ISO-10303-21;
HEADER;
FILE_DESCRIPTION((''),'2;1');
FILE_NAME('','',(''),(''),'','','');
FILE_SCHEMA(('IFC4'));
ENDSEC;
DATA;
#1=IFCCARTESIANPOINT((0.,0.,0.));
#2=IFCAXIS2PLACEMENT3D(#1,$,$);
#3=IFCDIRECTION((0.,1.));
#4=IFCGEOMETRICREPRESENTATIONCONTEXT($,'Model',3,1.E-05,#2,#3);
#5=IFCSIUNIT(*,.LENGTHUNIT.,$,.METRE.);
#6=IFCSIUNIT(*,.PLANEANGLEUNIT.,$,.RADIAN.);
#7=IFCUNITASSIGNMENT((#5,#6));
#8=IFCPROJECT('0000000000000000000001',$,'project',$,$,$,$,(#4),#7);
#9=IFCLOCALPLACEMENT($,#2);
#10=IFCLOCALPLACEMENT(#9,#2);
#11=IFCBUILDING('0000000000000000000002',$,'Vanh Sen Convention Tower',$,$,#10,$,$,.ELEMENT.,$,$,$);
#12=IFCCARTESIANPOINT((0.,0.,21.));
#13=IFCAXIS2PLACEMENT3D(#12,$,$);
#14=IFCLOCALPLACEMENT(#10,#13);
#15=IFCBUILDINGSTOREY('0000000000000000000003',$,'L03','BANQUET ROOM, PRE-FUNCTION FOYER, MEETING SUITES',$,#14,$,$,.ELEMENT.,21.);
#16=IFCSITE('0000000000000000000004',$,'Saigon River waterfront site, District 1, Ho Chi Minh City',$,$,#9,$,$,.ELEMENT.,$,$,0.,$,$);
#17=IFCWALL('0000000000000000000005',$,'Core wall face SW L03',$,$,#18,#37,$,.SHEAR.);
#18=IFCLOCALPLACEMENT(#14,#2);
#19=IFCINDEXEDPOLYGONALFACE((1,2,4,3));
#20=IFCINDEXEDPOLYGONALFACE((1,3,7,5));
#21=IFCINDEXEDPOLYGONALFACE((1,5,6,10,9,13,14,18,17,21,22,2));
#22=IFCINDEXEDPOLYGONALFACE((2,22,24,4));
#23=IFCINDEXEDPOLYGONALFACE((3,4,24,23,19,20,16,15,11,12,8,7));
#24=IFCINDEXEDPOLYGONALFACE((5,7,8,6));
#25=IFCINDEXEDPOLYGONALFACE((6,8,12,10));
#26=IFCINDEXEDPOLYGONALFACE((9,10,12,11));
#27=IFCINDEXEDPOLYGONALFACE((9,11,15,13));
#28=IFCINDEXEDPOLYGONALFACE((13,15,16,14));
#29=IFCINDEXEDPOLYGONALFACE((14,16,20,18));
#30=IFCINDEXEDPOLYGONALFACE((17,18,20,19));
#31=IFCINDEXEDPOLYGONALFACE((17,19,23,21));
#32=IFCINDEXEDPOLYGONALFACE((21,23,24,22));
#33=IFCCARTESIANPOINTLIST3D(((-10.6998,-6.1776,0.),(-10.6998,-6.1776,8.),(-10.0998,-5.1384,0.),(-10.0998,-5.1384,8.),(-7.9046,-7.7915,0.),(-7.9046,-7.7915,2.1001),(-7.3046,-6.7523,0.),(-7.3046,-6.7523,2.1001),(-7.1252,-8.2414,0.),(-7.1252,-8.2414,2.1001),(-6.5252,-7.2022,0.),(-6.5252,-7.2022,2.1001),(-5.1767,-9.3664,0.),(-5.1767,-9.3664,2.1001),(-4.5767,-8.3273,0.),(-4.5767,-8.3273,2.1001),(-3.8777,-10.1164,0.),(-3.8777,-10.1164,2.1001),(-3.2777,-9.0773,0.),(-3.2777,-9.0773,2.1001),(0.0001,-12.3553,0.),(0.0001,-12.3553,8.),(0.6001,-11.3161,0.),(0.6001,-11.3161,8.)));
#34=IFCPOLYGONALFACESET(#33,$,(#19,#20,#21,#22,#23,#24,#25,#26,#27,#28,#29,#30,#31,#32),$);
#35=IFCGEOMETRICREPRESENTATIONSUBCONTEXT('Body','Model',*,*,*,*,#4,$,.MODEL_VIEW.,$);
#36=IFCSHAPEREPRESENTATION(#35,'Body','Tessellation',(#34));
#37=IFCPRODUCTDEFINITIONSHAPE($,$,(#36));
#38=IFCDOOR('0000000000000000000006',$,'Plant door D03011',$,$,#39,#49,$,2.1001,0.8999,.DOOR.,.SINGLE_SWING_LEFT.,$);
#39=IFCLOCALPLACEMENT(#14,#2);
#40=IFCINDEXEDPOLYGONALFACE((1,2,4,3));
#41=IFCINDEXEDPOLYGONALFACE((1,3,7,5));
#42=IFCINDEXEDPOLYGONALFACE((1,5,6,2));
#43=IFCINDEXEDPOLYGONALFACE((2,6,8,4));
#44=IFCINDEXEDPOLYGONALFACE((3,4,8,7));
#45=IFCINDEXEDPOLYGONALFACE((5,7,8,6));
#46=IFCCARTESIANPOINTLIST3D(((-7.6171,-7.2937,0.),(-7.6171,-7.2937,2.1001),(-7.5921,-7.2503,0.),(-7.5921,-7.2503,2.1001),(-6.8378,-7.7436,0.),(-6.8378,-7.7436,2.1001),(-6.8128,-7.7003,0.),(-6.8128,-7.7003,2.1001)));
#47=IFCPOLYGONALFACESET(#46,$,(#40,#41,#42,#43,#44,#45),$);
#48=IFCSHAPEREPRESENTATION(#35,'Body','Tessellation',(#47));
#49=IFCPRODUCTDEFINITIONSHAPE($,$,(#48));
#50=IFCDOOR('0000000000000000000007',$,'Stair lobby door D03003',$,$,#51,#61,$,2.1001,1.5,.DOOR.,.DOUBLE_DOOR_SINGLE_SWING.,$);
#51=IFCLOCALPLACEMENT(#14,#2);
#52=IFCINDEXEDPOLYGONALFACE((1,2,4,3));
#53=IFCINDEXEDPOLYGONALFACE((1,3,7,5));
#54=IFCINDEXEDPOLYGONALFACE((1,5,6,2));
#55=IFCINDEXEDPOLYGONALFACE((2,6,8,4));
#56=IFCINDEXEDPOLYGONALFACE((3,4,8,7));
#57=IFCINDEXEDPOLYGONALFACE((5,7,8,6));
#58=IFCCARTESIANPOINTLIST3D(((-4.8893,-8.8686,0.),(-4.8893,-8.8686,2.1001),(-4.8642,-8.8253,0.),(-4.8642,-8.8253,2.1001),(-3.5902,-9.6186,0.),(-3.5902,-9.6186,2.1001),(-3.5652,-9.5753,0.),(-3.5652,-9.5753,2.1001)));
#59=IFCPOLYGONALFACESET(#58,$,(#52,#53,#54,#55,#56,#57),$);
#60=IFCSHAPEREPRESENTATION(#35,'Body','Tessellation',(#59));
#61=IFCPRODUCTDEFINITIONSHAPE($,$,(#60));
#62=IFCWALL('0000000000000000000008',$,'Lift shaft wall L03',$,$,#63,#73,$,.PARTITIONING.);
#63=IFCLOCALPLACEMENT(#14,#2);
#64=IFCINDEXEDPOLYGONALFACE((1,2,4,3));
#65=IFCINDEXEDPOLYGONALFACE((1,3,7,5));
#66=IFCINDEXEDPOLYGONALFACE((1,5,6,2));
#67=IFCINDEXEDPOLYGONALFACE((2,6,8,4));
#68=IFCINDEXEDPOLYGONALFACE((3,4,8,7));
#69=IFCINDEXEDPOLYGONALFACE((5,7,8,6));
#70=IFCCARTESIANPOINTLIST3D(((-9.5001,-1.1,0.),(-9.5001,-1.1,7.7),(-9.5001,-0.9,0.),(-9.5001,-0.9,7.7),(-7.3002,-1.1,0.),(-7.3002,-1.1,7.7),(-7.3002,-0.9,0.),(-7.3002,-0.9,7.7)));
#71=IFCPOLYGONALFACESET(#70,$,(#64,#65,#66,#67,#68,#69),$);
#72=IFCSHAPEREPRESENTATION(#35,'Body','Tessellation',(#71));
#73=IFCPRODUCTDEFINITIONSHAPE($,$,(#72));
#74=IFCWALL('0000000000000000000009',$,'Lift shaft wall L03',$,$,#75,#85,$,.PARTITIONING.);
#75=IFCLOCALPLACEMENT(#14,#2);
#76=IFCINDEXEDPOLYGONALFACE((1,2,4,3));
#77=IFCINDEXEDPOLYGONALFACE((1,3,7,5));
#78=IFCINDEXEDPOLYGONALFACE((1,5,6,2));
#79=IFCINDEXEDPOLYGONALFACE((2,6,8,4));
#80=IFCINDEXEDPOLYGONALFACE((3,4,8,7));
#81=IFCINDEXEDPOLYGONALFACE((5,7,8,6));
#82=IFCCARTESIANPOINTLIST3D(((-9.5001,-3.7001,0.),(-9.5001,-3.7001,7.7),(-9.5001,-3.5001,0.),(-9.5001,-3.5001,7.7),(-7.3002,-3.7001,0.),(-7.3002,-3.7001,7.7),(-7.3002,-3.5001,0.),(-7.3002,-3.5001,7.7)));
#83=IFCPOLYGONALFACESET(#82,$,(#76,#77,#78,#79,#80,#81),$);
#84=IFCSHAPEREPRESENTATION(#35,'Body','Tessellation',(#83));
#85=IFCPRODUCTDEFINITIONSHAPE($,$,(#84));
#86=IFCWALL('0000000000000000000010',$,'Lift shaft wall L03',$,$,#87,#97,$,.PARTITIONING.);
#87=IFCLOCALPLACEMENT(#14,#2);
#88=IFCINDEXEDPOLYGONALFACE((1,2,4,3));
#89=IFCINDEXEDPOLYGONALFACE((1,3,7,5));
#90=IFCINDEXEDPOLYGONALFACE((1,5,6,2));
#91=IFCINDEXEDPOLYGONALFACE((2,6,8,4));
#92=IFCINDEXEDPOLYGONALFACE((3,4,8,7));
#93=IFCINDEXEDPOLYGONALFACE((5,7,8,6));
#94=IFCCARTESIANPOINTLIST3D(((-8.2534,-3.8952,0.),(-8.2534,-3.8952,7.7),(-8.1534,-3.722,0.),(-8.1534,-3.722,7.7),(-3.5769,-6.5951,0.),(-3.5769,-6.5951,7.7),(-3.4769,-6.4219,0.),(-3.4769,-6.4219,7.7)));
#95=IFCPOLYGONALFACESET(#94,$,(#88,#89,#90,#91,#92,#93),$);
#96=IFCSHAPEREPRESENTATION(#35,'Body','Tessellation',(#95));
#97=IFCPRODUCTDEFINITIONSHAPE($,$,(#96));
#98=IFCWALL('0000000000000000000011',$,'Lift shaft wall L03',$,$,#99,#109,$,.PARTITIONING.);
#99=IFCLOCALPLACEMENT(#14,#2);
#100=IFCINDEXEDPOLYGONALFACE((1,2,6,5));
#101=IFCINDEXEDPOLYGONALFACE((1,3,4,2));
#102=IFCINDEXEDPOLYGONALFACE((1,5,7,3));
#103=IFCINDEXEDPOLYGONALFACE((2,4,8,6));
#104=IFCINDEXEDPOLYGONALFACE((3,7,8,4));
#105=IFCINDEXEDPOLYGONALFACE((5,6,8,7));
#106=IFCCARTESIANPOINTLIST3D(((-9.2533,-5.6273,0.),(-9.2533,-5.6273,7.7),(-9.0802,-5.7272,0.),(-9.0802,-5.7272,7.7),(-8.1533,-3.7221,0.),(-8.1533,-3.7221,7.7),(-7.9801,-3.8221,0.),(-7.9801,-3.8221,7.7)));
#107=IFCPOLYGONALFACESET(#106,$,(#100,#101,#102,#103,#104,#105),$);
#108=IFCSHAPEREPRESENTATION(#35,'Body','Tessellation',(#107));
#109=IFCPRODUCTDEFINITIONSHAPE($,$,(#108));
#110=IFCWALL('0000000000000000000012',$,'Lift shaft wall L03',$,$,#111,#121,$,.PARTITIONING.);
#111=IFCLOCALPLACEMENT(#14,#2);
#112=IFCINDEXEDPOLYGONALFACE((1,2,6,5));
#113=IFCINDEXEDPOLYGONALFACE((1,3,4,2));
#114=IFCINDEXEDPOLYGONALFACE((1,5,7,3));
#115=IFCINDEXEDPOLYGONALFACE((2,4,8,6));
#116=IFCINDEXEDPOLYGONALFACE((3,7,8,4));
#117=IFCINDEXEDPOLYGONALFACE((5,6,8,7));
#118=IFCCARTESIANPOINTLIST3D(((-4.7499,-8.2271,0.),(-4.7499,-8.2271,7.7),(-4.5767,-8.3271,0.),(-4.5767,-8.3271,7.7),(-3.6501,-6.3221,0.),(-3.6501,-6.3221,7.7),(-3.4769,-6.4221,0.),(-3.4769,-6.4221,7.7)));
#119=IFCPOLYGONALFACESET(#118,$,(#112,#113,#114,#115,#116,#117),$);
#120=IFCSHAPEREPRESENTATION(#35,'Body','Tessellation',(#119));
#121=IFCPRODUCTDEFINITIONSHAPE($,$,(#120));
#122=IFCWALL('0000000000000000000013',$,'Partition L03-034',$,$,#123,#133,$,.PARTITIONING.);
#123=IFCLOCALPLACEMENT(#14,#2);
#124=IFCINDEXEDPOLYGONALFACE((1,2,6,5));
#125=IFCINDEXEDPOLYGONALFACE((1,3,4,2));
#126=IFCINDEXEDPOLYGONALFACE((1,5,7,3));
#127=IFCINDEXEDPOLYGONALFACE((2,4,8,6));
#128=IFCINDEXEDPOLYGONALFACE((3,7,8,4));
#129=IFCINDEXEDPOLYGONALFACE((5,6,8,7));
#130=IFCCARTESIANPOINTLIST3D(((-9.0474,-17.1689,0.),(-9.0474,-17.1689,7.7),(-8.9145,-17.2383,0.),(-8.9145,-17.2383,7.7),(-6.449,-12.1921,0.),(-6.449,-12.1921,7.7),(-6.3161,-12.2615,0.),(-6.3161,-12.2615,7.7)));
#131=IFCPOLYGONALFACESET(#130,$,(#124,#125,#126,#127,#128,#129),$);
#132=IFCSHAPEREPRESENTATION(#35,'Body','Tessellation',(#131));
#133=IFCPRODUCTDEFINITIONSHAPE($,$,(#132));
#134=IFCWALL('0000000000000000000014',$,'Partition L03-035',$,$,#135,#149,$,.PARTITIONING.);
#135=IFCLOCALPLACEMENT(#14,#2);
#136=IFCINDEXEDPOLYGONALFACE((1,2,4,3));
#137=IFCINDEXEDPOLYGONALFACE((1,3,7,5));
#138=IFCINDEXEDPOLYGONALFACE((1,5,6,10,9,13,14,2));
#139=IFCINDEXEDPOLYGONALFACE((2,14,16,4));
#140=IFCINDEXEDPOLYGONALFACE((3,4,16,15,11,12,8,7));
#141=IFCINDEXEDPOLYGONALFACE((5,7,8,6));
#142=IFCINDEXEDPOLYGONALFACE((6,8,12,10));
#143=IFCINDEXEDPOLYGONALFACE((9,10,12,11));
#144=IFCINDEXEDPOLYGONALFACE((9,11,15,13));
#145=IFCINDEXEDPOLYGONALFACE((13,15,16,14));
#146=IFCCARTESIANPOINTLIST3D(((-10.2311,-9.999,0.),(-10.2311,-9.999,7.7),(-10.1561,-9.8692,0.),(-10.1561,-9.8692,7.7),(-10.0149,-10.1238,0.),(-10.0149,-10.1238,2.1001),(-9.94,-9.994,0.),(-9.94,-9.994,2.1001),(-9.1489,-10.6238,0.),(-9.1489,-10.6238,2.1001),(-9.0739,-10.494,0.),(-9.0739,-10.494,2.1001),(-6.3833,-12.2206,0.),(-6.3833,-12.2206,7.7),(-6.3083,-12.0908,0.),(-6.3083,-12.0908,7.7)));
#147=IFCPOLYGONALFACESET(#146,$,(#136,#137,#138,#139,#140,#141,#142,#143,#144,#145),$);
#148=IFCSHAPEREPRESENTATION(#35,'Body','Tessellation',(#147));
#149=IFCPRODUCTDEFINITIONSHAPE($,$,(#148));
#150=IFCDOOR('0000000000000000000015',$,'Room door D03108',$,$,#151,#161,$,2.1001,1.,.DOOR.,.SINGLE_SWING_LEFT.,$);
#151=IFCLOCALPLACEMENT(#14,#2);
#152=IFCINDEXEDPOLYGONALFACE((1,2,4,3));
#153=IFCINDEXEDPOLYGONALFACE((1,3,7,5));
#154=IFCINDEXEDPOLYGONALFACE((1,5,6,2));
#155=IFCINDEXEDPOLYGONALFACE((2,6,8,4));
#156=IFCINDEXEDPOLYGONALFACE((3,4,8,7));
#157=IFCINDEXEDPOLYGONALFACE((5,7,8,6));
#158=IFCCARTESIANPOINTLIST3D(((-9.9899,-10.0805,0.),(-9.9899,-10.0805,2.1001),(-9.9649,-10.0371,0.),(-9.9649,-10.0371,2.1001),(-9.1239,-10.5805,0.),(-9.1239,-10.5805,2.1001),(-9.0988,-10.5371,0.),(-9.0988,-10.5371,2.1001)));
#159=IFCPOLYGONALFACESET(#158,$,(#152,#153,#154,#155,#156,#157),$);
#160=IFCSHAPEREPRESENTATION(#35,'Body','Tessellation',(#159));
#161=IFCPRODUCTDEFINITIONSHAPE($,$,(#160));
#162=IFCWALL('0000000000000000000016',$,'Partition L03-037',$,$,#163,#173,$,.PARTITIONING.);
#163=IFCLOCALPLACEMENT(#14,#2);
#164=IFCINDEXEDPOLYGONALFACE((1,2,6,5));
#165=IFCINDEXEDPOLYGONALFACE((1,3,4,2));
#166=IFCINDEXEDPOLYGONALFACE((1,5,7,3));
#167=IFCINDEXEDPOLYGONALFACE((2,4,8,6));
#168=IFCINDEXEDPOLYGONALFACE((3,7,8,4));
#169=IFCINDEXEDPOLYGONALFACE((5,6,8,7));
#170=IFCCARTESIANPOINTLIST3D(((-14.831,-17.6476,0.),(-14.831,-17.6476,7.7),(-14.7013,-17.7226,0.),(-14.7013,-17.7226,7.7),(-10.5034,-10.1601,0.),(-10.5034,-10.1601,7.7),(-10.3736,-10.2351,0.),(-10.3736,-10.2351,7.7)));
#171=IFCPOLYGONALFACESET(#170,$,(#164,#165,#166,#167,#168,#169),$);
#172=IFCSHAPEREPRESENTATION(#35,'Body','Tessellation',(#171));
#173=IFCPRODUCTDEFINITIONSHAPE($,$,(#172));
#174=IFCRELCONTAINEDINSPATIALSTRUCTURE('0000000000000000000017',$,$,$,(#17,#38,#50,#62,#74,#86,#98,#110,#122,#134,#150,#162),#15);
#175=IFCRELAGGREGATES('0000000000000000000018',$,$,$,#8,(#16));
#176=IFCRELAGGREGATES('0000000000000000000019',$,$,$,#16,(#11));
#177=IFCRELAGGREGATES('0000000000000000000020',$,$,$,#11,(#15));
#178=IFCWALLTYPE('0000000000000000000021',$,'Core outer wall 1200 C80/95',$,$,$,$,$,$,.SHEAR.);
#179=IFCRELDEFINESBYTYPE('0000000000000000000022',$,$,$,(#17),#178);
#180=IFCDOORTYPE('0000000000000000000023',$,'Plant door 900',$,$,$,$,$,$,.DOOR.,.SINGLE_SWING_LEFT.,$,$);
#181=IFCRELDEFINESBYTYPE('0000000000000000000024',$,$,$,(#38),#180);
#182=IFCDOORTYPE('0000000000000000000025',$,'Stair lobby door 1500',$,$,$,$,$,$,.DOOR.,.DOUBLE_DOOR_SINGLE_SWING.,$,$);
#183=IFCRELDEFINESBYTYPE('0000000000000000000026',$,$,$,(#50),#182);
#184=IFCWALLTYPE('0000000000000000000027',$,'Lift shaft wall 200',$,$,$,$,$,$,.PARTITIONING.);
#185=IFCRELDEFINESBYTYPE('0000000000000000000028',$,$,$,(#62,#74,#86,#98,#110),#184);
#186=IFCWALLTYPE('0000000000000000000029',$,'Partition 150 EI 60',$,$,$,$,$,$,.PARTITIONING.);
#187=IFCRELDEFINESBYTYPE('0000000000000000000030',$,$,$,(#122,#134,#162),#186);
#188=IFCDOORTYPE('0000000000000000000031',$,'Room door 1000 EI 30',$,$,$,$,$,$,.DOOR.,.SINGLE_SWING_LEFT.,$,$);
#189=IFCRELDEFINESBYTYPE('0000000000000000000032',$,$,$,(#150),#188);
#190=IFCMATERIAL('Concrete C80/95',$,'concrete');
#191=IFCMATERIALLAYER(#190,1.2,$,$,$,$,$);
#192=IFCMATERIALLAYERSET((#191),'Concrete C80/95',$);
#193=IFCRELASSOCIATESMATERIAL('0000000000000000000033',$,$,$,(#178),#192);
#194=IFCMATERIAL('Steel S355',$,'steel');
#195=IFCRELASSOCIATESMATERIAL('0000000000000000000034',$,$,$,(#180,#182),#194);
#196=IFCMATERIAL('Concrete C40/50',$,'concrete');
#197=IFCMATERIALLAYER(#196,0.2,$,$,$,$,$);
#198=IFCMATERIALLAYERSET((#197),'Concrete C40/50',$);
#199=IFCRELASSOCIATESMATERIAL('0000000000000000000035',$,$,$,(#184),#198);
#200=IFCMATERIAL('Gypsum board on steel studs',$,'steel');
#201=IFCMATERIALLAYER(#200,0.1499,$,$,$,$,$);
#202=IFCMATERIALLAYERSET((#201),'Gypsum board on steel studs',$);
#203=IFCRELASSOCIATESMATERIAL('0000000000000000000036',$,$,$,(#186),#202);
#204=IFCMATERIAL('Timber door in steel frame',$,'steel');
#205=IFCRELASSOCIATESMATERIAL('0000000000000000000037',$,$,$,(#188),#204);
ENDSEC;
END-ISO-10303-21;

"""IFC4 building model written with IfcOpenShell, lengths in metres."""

from ifc_helpers import new_model, si_unit, direction, frame, frame_2d, origin, place, context, subcontext, project, spatial, rectangle, extrude, material, layer, layer_set, type_object, element, fill, save


model = new_model("IFC4")

# Units and contexts
model_context = context("Model", 3, precision=1e-05, world=origin(), true_north=direction((0.0, 1.0)))
body_context = subcontext(model_context, "Body", "Model", "MODEL_VIEW")
ifc_project = project(units=[si_unit("LENGTHUNIT", "METRE"), si_unit("PLANEANGLEUNIT", "RADIAN")], contexts=[model_context])

# Site, building, storey
site_placement = place(None, origin())
site = spatial("IfcSite", under=ifc_project, at=site_placement, Name="Saigon River waterfront site, District 1, Ho Chi Minh City", CompositionType="ELEMENT", RefElevation=0.0)
building_placement = place(site_placement, origin())
building = spatial("IfcBuilding", under=site, at=building_placement, Name="Vanh Sen Convention Tower", CompositionType="ELEMENT")
storey_placement = place(building_placement, frame((0.0, 0.0, 21.0)))
storey = spatial("IfcBuildingStorey", under=building, at=storey_placement, Name="L03", Description="BANQUET ROOM, PRE-FUNCTION FOYER, MEETING SUITES", CompositionType="ELEMENT", Elevation=21.0)

# Wall, openings, doors
ifc_material_1 = material(Name="Concrete C80/95", Category="concrete")
ifc_layer_1 = layer(ifc_material_1, 1.2)
ifc_layer_set_1 = layer_set([ifc_layer_1], Name="Concrete C80/95")
wall_type_1 = type_object("IfcWallType", Name="Core outer wall 1200 C80/95", PredefinedType="SHEAR", material=ifc_layer_set_1)
wall_1_placement = place(storey_placement, frame((-10.3999, -5.658, 0.0), z_axis=(0.0, 0.0, 1.0), x_axis=(0.866021, -0.500007, 0.0)))
wall_1 = element("IfcWall", 1, at=wall_1_placement, inside=storey, type_object=wall_type_1, Name="Core wall face SW L03", PredefinedType="SHEAR", context=body_context, shape_type="SweptSolid", body=[
    extrude(rectangle(XDim=12.3552, YDim=1.2, at=frame_2d((6.1777, 0.0))), origin(), (0.0, 0.0, 1.0), 8.0),
])
opening_1_placement = place(wall_1_placement, frame((6.3777, 0.0, 0.0)))
opening_1 = element("IfcOpeningElement", 2, at=opening_1_placement, cuts=wall_1, PredefinedType="OPENING", context=body_context, shape_type="SweptSolid", body=[
    extrude(rectangle(XDim=1.5, YDim=2.1001, at=frame_2d((0.75, 1.05))), frame((0.0, 0.6099, 0.0), z_axis=(0.0, -1.0, 0.0), x_axis=(1.0, 0.0, 0.0)), (0.0, 0.0, 1.0), 1.22),
])
opening_2_placement = place(wall_1_placement, frame((3.2278, 0.0, 0.0)))
opening_2 = element("IfcOpeningElement", 3, at=opening_2_placement, cuts=wall_1, PredefinedType="OPENING", context=body_context, shape_type="SweptSolid", body=[
    extrude(rectangle(XDim=0.8999, YDim=2.1001, at=frame_2d((0.45, 1.05))), frame((0.0, 0.6099, 0.0), z_axis=(0.0, -1.0, 0.0), x_axis=(1.0, 0.0, 0.0)), (0.0, 0.0, 1.0), 1.22),
])
ifc_material_2 = material(Name="Steel S355", Category="steel")
door_type_1 = type_object("IfcDoorType", Name="Plant door 900", OperationType="SINGLE_SWING_LEFT", PredefinedType="DOOR", material=ifc_material_2)
door_1_placement = place(opening_2_placement, origin())
door_1 = element("IfcDoor", 4, at=door_1_placement, inside=storey, type_object=door_type_1, Name="Plant door D03011", OperationType="SINGLE_SWING_LEFT", OverallHeight=2.1001, OverallWidth=0.8999, PredefinedType="DOOR", context=body_context, shape_type="SweptSolid", body=[
    extrude(rectangle(XDim=0.8999, YDim=2.1001, at=frame_2d((0.45, 1.05))), frame((0.0, 0.0249, 0.0), z_axis=(0.0, -1.0, 0.0), x_axis=(1.0, 0.0, 0.0)), (0.0, 0.0, 1.0), 0.05),
])
fill(opening_2, door_1)
door_type_2 = type_object("IfcDoorType", Name="Stair lobby door 1500", OperationType="DOUBLE_DOOR_SINGLE_SWING", PredefinedType="DOOR", material=ifc_material_2)
door_2_placement = place(opening_1_placement, origin())
door_2 = element("IfcDoor", 5, at=door_2_placement, inside=storey, type_object=door_type_2, Name="Stair lobby door D03003", OperationType="DOUBLE_DOOR_SINGLE_SWING", OverallHeight=2.1001, OverallWidth=1.5, PredefinedType="DOOR", context=body_context, shape_type="SweptSolid", body=[
    extrude(rectangle(XDim=1.5, YDim=2.1001, at=frame_2d((0.75, 1.05))), frame((0.0, 0.0249, 0.0), z_axis=(0.0, -1.0, 0.0), x_axis=(1.0, 0.0, 0.0)), (0.0, 0.0, 1.0), 0.05),
])
fill(opening_1, door_2)

# Walls
ifc_material_3 = material(Name="Concrete C40/50", Category="concrete")
ifc_layer_2 = layer(ifc_material_3, 0.2)
ifc_layer_set_2 = layer_set([ifc_layer_2], Name="Concrete C40/50")
wall_type_2 = type_object("IfcWallType", Name="Lift shaft wall 200", PredefinedType="PARTITIONING", material=ifc_layer_set_2)
for number, where, z_axis, x_axis, name in (
    (6, (-7.3, -1.0, 0.0), (0.0, 0.0, 1.0), (-1.0, 0.0, 0.0), "Lift shaft wall L03"),
    (7, (-7.3, -3.6001, 0.0), (0.0, 0.0, 1.0), (-1.0, 0.0, 0.0), "Lift shaft wall L03"),
):
    element("IfcWall", number, at=place(storey_placement, frame(where, z_axis=z_axis, x_axis=x_axis)), inside=storey, type_object=wall_type_2, Name=name, PredefinedType="PARTITIONING", context=body_context, shape_type="SweptSolid", body=[
        extrude(rectangle(XDim=2.2, YDim=0.2, at=frame_2d((1.1001, 0.0))), origin(), (0.0, 0.0, 1.0), 7.7),
    ])
wall_2_placement = place(storey_placement, frame((-8.2034, -3.8086, 0.0), z_axis=(0.0, 0.0, 1.0), x_axis=(0.866028, -0.499995, 0.0)))
element("IfcWall", 8, at=wall_2_placement, inside=storey, type_object=wall_type_2, Name="Lift shaft wall L03", PredefinedType="PARTITIONING", context=body_context, shape_type="SweptSolid", body=[
    extrude(rectangle(XDim=5.3999, YDim=0.2, at=frame_2d((2.7, 0.0))), origin(), (0.0, 0.0, 1.0), 7.7),
])
wall_3_placement = place(storey_placement, frame((-8.0667, -3.772, 0.0), z_axis=(0.0, 0.0, 1.0), x_axis=(-0.50003, -0.866008, 0.0)))
element("IfcWall", 9, at=wall_3_placement, inside=storey, type_object=wall_type_2, Name="Lift shaft wall L03", PredefinedType="PARTITIONING", context=body_context, shape_type="SweptSolid", body=[
    extrude(rectangle(XDim=2.2, YDim=0.2, at=frame_2d((1.1001, 0.0))), origin(), (0.0, 0.0, 1.0), 7.7),
])
wall_4_placement = place(storey_placement, frame((-3.5635, -6.3721, 0.0), z_axis=(0.0, 0.0, 1.0), x_axis=(-0.499995, -0.866028, 0.0)))
element("IfcWall", 10, at=wall_4_placement, inside=storey, type_object=wall_type_2, Name="Lift shaft wall L03", PredefinedType="PARTITIONING", context=body_context, shape_type="SweptSolid", body=[
    extrude(rectangle(XDim=2.1997, YDim=0.2, at=frame_2d((1.0999, 0.0))), origin(), (0.0, 0.0, 1.0), 7.7),
])
ifc_material_4 = material(Name="Gypsum board on steel studs", Category="steel")
ifc_layer_3 = layer(ifc_material_4, 0.1499)
ifc_layer_set_3 = layer_set([ifc_layer_3], Name="Gypsum board on steel studs")
wall_type_3 = type_object("IfcWallType", Name="Partition 150 EI 60", PredefinedType="PARTITIONING", material=ifc_layer_set_3)
wall_5_placement = place(storey_placement, frame((-6.3826, -12.2268, 0.0), z_axis=(0.0, 0.0, 1.0), x_axis=(-0.462817, -0.886454, 0.0)))
element("IfcWall", 11, at=wall_5_placement, inside=storey, type_object=wall_type_3, Name="Partition L03-034", PredefinedType="PARTITIONING", context=body_context, shape_type="SweptSolid", body=[
    extrude(rectangle(XDim=5.6143, YDim=0.1499, at=frame_2d((2.8071, 0.0))), origin(), (0.0, 0.0, 1.0), 7.7),
])

# Wall, opening, door
wall_6_placement = place(storey_placement, frame((-6.3457, -12.1558, 0.0), z_axis=(0.0, 0.0, 1.0), x_axis=(-0.866016, 0.500016, 0.0)))
wall_6 = element("IfcWall", 12, at=wall_6_placement, inside=storey, type_object=wall_type_3, Name="Partition L03-035", PredefinedType="PARTITIONING", context=body_context, shape_type="SweptSolid", body=[
    extrude(rectangle(XDim=4.4431, YDim=0.1499, at=frame_2d((2.2217, 0.0))), origin(), (0.0, 0.0, 1.0), 7.7),
])
opening_3_placement = place(wall_6_placement, frame((3.1936, 0.0, 0.0)))
opening_3 = element("IfcOpeningElement", 13, at=opening_3_placement, cuts=wall_6, PredefinedType="OPENING", context=body_context, shape_type="SweptSolid", body=[
    extrude(rectangle(XDim=1.0, YDim=2.1001, at=frame_2d((0.5, 1.05))), frame((0.0, 0.085, 0.0), z_axis=(0.0, -1.0, 0.0), x_axis=(1.0, 0.0, 0.0)), (0.0, 0.0, 1.0), 0.1699),
])
ifc_material_5 = material(Name="Timber door in steel frame", Category="steel")
door_type_3 = type_object("IfcDoorType", Name="Room door 1000 EI 30", OperationType="SINGLE_SWING_LEFT", PredefinedType="DOOR", material=ifc_material_5)
door_3_placement = place(opening_3_placement, origin())
door_3 = element("IfcDoor", 14, at=door_3_placement, inside=storey, type_object=door_type_3, Name="Room door D03108", OperationType="SINGLE_SWING_LEFT", OverallHeight=2.1001, OverallWidth=1.0, PredefinedType="DOOR", context=body_context, shape_type="SweptSolid", body=[
    extrude(rectangle(XDim=1.0, YDim=2.1001, at=frame_2d((0.5, 1.05))), frame((0.0, 0.0249, 0.0), z_axis=(0.0, -1.0, 0.0), x_axis=(1.0, 0.0, 0.0)), (0.0, 0.0, 1.0), 0.05),
])
fill(opening_3, door_3)

# Wall
wall_7_placement = place(storey_placement, frame((-10.4385, -10.1975, 0.0), z_axis=(0.0, 0.0, 1.0), x_axis=(-0.500407, -0.86579, 0.0)))
element("IfcWall", 15, at=wall_7_placement, inside=storey, type_object=wall_type_3, Name="Partition L03-037", PredefinedType="PARTITIONING", context=body_context, shape_type="SweptSolid", body=[
    extrude(rectangle(XDim=8.6482, YDim=0.1499, at=frame_2d((4.3242, 0.0))), origin(), (0.0, 0.0, 1.0), 7.7),
])

save(model, "model.ifc")
